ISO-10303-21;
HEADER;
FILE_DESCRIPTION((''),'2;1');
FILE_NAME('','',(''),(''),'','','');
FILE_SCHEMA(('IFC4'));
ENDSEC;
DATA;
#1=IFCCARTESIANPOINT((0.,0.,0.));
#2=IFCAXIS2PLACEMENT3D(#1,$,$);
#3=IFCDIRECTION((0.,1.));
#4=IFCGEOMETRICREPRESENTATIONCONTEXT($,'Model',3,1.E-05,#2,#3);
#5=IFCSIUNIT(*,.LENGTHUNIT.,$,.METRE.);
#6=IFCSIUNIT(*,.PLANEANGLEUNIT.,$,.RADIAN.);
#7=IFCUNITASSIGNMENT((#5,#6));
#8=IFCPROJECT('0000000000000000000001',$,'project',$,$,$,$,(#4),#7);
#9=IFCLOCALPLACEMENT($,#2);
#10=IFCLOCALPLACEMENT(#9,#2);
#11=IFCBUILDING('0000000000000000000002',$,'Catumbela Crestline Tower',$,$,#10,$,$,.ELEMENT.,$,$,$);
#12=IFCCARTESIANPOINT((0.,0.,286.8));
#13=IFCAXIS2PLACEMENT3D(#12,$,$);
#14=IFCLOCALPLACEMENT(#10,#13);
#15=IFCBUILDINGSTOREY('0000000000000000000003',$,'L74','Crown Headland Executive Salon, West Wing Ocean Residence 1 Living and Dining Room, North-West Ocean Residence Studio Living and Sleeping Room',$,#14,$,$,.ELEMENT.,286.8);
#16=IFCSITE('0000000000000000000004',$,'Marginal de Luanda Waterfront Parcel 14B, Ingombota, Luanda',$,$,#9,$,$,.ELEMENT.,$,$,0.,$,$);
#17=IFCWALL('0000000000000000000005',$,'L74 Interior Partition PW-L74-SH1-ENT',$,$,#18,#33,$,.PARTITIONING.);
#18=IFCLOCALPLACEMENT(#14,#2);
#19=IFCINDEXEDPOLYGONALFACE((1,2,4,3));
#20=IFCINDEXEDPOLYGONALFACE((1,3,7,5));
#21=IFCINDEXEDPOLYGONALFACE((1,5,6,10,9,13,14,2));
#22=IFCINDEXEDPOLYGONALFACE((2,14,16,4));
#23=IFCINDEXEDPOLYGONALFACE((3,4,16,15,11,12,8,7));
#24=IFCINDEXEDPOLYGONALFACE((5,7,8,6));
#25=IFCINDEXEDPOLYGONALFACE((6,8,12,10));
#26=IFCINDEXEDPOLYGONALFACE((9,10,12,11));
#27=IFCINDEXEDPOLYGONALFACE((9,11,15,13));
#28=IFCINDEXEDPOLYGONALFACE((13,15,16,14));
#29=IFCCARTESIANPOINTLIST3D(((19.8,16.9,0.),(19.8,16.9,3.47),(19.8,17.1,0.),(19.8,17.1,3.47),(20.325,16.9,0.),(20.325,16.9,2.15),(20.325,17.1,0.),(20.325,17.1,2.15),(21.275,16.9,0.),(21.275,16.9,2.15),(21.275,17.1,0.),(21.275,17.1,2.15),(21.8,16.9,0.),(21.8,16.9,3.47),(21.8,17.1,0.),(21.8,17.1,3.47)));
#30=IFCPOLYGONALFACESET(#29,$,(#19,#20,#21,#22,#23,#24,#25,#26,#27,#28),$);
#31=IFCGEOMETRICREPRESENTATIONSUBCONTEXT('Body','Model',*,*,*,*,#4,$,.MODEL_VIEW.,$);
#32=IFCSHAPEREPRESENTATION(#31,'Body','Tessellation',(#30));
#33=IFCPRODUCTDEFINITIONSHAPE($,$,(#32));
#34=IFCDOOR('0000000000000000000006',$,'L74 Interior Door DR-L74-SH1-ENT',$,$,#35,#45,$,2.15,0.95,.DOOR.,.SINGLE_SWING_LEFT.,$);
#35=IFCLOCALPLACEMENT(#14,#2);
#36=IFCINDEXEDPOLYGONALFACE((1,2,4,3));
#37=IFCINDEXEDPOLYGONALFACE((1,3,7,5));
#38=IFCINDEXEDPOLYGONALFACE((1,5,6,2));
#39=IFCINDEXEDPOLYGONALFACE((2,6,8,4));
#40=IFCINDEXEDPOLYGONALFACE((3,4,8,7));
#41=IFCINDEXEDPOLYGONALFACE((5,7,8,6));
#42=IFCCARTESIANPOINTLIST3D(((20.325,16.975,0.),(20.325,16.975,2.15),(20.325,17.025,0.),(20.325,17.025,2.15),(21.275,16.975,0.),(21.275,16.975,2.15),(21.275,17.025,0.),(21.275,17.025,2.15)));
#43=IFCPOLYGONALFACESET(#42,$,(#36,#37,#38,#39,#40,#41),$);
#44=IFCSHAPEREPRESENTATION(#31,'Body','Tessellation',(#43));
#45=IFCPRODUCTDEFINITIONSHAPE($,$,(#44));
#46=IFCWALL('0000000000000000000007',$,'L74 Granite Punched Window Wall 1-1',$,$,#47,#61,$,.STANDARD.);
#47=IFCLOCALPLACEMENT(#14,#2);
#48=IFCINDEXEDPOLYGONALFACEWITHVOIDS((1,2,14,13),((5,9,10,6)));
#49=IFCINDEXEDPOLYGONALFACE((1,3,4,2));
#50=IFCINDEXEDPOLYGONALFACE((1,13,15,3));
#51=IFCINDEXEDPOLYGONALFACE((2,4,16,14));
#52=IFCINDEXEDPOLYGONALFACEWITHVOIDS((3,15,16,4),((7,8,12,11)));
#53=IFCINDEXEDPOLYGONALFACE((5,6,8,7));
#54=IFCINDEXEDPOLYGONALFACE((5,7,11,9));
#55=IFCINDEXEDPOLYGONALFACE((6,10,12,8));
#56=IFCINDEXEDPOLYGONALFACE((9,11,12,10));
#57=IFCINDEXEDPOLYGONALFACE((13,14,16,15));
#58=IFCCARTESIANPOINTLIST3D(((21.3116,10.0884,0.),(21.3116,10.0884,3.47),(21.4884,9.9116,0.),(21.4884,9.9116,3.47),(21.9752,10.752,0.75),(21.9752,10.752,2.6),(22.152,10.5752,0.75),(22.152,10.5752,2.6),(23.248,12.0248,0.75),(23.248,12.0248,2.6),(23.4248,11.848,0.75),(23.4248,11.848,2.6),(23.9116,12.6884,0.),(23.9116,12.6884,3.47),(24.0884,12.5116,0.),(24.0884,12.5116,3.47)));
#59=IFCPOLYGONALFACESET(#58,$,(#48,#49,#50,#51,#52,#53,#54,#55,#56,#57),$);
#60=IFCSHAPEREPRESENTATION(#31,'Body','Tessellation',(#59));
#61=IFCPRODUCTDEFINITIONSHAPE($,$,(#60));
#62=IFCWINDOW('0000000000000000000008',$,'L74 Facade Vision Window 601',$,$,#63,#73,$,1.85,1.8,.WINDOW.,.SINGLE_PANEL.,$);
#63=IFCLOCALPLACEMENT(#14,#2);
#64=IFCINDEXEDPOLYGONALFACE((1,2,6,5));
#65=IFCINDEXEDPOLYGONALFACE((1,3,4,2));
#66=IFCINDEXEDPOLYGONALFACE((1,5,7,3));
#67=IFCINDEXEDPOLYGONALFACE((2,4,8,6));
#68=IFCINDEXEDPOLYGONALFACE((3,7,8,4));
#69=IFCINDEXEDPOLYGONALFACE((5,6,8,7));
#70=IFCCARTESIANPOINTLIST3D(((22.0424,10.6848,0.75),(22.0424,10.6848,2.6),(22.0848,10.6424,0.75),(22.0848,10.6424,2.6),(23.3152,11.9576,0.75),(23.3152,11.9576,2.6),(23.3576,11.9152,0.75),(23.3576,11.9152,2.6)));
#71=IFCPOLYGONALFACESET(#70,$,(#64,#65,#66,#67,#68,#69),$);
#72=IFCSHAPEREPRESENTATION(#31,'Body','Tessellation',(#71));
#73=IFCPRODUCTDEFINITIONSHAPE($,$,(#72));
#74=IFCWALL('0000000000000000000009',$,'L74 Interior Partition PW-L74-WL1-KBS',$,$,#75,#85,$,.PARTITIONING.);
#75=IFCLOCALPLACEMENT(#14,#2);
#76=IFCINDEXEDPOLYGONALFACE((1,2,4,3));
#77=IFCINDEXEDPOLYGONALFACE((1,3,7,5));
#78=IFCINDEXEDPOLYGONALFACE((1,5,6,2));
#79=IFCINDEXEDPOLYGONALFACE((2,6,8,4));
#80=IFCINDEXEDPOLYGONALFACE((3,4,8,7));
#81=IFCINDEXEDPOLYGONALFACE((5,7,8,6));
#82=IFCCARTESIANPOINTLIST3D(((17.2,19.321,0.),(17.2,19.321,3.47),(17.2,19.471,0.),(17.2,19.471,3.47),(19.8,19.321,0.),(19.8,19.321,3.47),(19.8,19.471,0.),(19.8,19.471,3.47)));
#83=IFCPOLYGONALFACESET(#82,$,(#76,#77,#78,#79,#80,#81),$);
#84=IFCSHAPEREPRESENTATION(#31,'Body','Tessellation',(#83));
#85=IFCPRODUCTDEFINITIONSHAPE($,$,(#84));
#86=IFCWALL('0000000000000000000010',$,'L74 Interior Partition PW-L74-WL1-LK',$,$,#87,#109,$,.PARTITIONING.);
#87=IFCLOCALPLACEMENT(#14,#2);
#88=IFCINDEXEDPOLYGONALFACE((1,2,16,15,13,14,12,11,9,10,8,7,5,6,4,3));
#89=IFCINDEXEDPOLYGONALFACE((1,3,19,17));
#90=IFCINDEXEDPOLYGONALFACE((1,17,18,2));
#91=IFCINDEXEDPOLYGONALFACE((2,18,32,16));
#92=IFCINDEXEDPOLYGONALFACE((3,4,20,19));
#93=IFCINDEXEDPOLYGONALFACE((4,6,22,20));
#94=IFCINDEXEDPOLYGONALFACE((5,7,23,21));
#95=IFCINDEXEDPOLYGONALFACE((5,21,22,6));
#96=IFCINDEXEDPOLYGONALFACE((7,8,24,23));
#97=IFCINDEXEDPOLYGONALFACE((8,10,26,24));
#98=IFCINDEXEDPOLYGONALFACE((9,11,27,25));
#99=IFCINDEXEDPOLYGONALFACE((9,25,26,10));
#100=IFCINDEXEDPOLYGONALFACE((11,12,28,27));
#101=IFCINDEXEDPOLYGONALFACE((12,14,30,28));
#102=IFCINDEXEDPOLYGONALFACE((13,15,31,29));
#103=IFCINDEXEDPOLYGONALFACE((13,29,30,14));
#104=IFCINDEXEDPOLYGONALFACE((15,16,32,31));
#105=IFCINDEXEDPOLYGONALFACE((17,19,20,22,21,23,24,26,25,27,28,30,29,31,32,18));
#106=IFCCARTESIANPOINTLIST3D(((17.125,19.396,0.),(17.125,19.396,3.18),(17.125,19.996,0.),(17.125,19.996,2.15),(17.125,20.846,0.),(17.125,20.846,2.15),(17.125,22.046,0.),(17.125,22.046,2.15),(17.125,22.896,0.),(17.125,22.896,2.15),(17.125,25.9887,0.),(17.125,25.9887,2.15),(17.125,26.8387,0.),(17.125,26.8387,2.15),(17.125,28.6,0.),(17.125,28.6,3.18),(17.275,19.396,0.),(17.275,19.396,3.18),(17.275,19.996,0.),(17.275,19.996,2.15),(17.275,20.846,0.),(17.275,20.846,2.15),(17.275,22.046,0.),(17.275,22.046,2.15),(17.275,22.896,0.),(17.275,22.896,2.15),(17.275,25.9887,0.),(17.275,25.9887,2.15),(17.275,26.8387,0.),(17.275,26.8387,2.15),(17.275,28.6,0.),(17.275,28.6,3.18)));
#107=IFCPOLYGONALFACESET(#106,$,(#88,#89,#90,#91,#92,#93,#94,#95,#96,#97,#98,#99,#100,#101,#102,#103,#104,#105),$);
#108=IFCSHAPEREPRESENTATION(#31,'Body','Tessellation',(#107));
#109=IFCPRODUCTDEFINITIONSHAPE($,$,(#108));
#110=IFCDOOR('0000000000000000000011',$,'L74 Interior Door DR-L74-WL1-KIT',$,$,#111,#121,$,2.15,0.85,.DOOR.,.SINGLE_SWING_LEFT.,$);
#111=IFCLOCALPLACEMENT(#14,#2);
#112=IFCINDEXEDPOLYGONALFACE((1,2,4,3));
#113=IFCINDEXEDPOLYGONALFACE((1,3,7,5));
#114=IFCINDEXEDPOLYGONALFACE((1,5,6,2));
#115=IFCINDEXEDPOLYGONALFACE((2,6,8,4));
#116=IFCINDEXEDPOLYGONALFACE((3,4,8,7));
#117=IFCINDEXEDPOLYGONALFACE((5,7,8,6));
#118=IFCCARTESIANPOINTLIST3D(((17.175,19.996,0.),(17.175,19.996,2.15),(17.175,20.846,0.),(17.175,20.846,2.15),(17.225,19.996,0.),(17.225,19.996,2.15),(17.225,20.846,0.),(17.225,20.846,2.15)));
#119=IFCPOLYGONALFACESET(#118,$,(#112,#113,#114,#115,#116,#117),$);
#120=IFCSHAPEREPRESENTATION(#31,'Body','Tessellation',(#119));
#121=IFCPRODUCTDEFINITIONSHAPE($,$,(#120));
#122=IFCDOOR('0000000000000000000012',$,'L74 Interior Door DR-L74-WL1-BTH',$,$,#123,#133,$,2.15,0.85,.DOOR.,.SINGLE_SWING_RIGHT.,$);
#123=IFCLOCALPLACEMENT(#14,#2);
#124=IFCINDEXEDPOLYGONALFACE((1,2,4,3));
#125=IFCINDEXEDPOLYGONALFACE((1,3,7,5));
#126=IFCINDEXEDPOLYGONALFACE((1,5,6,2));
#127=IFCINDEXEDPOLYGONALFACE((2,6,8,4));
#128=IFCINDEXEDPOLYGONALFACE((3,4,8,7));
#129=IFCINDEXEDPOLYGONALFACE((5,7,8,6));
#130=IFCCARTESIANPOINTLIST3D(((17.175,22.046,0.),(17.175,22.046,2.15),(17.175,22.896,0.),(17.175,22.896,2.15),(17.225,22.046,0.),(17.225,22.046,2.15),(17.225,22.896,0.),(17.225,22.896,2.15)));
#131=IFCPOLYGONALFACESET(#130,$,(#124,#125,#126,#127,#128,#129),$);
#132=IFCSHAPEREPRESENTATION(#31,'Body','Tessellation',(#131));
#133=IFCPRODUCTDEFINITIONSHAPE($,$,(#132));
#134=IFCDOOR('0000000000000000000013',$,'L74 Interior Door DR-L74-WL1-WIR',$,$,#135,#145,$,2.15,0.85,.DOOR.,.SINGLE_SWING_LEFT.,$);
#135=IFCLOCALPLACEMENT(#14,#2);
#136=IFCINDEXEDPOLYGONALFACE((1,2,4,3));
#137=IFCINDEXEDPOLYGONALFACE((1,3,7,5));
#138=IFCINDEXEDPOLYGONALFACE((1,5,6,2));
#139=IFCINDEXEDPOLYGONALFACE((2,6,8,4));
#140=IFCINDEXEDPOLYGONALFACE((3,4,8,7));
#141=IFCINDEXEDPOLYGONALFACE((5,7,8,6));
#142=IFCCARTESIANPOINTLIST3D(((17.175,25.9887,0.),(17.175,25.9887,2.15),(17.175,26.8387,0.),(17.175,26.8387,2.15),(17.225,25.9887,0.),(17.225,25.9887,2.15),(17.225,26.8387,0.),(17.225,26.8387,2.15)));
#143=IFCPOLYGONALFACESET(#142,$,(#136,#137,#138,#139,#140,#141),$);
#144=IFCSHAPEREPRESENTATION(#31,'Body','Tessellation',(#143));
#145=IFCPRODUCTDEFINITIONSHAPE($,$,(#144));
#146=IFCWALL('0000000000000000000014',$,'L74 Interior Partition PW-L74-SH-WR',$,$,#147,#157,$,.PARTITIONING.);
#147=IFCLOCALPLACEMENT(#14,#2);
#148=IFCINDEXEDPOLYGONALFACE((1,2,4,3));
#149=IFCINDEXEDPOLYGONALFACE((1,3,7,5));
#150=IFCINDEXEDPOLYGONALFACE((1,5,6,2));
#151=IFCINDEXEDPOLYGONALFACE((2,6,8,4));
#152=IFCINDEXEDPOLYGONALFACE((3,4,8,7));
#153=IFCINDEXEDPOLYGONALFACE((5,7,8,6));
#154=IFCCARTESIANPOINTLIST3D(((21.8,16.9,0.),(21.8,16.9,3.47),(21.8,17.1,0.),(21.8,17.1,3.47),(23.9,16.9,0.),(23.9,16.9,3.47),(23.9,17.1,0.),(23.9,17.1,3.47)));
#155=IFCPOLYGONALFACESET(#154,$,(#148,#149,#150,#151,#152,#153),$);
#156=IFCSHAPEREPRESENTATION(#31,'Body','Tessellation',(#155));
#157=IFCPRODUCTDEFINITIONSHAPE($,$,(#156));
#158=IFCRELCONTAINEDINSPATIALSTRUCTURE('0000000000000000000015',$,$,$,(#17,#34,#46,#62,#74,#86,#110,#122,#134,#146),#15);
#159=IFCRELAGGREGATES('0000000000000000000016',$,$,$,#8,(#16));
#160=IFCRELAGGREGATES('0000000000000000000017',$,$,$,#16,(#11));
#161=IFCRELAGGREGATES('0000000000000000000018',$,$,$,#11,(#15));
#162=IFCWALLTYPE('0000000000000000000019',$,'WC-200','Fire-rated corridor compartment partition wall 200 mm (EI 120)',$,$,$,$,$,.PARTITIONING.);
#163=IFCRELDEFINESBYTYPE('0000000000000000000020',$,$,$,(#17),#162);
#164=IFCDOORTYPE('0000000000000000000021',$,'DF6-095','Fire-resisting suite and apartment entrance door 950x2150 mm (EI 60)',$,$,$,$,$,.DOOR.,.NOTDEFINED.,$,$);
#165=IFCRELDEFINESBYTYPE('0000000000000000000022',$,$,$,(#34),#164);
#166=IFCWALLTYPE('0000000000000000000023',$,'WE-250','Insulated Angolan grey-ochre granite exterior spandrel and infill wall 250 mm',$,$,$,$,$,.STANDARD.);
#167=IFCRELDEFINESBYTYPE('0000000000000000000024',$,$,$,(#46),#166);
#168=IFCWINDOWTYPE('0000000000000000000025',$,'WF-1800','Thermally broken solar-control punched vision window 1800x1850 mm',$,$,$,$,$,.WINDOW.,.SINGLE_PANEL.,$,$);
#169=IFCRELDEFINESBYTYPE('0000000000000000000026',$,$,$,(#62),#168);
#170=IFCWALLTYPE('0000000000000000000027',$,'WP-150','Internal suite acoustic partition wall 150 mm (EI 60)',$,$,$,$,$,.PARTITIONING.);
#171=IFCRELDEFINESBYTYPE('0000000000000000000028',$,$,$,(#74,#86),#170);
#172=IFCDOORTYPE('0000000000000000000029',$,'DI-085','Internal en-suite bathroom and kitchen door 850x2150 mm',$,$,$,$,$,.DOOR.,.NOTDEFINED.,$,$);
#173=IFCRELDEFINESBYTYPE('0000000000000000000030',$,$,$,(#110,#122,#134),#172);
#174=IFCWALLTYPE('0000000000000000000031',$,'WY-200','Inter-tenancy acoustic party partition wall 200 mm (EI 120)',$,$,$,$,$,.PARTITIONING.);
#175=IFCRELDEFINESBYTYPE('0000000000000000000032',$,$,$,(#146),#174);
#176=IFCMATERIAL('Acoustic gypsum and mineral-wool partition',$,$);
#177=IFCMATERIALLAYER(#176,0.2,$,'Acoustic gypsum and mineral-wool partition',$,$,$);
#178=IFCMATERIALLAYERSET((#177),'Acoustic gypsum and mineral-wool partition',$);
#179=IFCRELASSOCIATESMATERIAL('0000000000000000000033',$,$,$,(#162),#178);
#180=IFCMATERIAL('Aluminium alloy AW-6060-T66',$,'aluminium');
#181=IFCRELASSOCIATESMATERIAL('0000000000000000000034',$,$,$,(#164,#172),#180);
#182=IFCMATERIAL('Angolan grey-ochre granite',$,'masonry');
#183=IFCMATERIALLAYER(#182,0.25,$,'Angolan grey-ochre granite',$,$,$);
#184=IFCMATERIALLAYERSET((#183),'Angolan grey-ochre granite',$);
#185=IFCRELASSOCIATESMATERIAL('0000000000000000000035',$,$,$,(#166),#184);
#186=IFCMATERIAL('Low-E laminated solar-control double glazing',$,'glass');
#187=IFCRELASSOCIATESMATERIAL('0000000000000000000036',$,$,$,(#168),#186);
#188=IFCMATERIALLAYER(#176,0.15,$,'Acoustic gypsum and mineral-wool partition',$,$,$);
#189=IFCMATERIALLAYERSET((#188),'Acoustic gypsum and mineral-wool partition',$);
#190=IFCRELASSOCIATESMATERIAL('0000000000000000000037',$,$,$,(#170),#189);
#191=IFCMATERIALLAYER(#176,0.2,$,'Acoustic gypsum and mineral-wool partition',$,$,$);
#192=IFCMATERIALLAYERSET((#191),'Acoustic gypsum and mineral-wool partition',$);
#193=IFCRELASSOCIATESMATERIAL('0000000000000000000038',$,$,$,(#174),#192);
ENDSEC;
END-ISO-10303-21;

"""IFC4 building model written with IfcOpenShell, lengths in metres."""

from ifc_helpers import new_model, si_unit, direction, frame, frame_2d, origin, place, context, subcontext, project, spatial, rectangle, extrude, material, layer, layer_set, type_object, element, fill, save


model = new_model("IFC4")

# Units and contexts
model_context = context("Model", 3, precision=1e-05, world=origin(), true_north=direction((0.0, 1.0)))
body_context = subcontext(model_context, "Body", "Model", "MODEL_VIEW")
ifc_project = project(units=[si_unit("LENGTHUNIT", "METRE"), si_unit("PLANEANGLEUNIT", "RADIAN")], contexts=[model_context])

# Site, building, storey
site_placement = place(None, origin())
site = spatial("IfcSite", under=ifc_project, at=site_placement, Name="Marginal de Luanda Waterfront Parcel 14B, Ingombota, Luanda", CompositionType="ELEMENT", RefElevation=0.0)
building_placement = place(site_placement, origin())
building = spatial("IfcBuilding", under=site, at=building_placement, Name="Catumbela Crestline Tower", CompositionType="ELEMENT")
storey_placement = place(building_placement, frame((0.0, 0.0, 286.8)))
storey = spatial("IfcBuildingStorey", under=building, at=storey_placement, Name="L74", Description="Crown Headland Executive Salon, West Wing Ocean Residence 1 Living and Dining Room, North-West Ocean Residence Studio Living and Sleeping Room", CompositionType="ELEMENT", Elevation=286.8)

# Shared definitions
ifc_material_1 = material(Name="Aluminium alloy AW-6060-T66", Category="aluminium")
ifc_material_2 = material(Name="Low-E laminated solar-control double glazing", Category="glass")

# Wall, opening, door
ifc_material_3 = material(Name="Acoustic gypsum and mineral-wool partition")
ifc_layer_1 = layer(ifc_material_3, 0.2, Name="Acoustic gypsum and mineral-wool partition")
ifc_layer_set_1 = layer_set([ifc_layer_1], Name="Acoustic gypsum and mineral-wool partition")
wall_type_1 = type_object("IfcWallType", Name="WC-200", Description="Fire-rated corridor compartment partition wall 200 mm (EI 120)", PredefinedType="PARTITIONING", material=ifc_layer_set_1)
door_type_1 = type_object("IfcDoorType", Name="DF6-095", Description="Fire-resisting suite and apartment entrance door 950x2150 mm (EI 60)", OperationType="NOTDEFINED", PredefinedType="DOOR", material=ifc_material_1)
wall_1_placement = place(storey_placement, frame((19.8, 17.0, 0.0), z_axis=(0.0, 0.0, 1.0), x_axis=(1.0, 0.0, 0.0)))
wall_1 = element("IfcWall", 1, at=wall_1_placement, inside=storey, type_object=wall_type_1, Name="L74 Interior Partition PW-L74-SH1-ENT", PredefinedType="PARTITIONING", context=body_context, shape_type="SweptSolid", body=[
    extrude(rectangle(XDim=2.0, YDim=0.2, at=frame_2d((1.0, 0.0))), origin(), (0.0, 0.0, 1.0), 3.47),
])
opening_1_placement = place(wall_1_placement, frame((0.525, 0.0, 0.0)))
opening_1 = element("IfcOpeningElement", 2, at=opening_1_placement, cuts=wall_1, PredefinedType="OPENING", context=body_context, shape_type="SweptSolid", body=[
    extrude(rectangle(XDim=0.95, YDim=2.15, at=frame_2d((0.475, 1.075))), frame((0.0, 0.11, 0.0), z_axis=(0.0, -1.0, 0.0), x_axis=(1.0, 0.0, 0.0)), (0.0, 0.0, 1.0), 0.22),
])
door_1_placement = place(opening_1_placement, origin())
door_1 = element("IfcDoor", 3, at=door_1_placement, inside=storey, type_object=door_type_1, Name="L74 Interior Door DR-L74-SH1-ENT", OperationType="SINGLE_SWING_LEFT", OverallHeight=2.15, OverallWidth=0.95, PredefinedType="DOOR", context=body_context, shape_type="SweptSolid", body=[
    extrude(rectangle(XDim=0.95, YDim=2.15, at=frame_2d((0.475, 1.075))), frame((0.0, 0.025, 0.0), z_axis=(0.0, -1.0, 0.0), x_axis=(1.0, 0.0, 0.0)), (0.0, 0.0, 1.0), 0.05),
])
fill(opening_1, door_1)

# Wall, opening, window
ifc_material_4 = material(Name="Angolan grey-ochre granite", Category="masonry")
ifc_layer_2 = layer(ifc_material_4, 0.25, Name="Angolan grey-ochre granite")
ifc_layer_set_2 = layer_set([ifc_layer_2], Name="Angolan grey-ochre granite")
wall_type_2 = type_object("IfcWallType", Name="WE-250", Description="Insulated Angolan grey-ochre granite exterior spandrel and infill wall 250 mm", PredefinedType="STANDARD", material=ifc_layer_set_2)
wall_2_placement = place(storey_placement, frame((21.4, 10.0, 0.0), z_axis=(0.0, 0.0, 1.0), x_axis=(0.707107, 0.707107, 0.0)))
wall_2 = element("IfcWall", 4, at=wall_2_placement, inside=storey, type_object=wall_type_2, Name="L74 Granite Punched Window Wall 1-1", PredefinedType="STANDARD", context=body_context, shape_type="SweptSolid", body=[
    extrude(rectangle(XDim=3.677, YDim=0.25, at=frame_2d((1.8385, 0.0))), origin(), (0.0, 0.0, 1.0), 3.47),
])
opening_2_placement = place(wall_2_placement, frame((0.9385, 0.0, 0.75)))
opening_2 = element("IfcOpeningElement", 5, at=opening_2_placement, cuts=wall_2, PredefinedType="OPENING", context=body_context, shape_type="SweptSolid", body=[
    extrude(rectangle(XDim=1.8, YDim=1.85, at=frame_2d((0.9, 0.925))), frame((0.0, 0.135, 0.0), z_axis=(0.0, -1.0, 0.0), x_axis=(1.0, 0.0, 0.0)), (0.0, 0.0, 1.0), 0.27),
])
window_type = type_object("IfcWindowType", Name="WF-1800", Description="Thermally broken solar-control punched vision window 1800x1850 mm", PartitioningType="SINGLE_PANEL", PredefinedType="WINDOW", material=ifc_material_2)
window_placement = place(opening_2_placement, origin())
window = element("IfcWindow", 6, at=window_placement, inside=storey, type_object=window_type, Name="L74 Facade Vision Window 601", OverallHeight=1.85, OverallWidth=1.8, PartitioningType="SINGLE_PANEL", PredefinedType="WINDOW", context=body_context, shape_type="SweptSolid", body=[
    extrude(rectangle(XDim=1.8, YDim=1.85, at=frame_2d((0.9, 0.925))), frame((0.0, 0.03, 0.0), z_axis=(0.0, -1.0, 0.0), x_axis=(1.0, 0.0, 0.0)), (0.0, 0.0, 1.0), 0.06),
])
fill(opening_2, window)

# Wall
ifc_layer_3 = layer(ifc_material_3, 0.15, Name="Acoustic gypsum and mineral-wool partition")
ifc_layer_set_3 = layer_set([ifc_layer_3], Name="Acoustic gypsum and mineral-wool partition")
wall_type_3 = type_object("IfcWallType", Name="WP-150", Description="Internal suite acoustic partition wall 150 mm (EI 60)", PredefinedType="PARTITIONING", material=ifc_layer_set_3)
wall_3_placement = place(storey_placement, frame((17.2, 19.396, 0.0), z_axis=(0.0, 0.0, 1.0), x_axis=(1.0, 0.0, 0.0)))
element("IfcWall", 7, at=wall_3_placement, inside=storey, type_object=wall_type_3, Name="L74 Interior Partition PW-L74-WL1-KBS", PredefinedType="PARTITIONING", context=body_context, shape_type="SweptSolid", body=[
    extrude(rectangle(XDim=2.6, YDim=0.15, at=frame_2d((1.3, 0.0))), origin(), (0.0, 0.0, 1.0), 3.47),
])

# Wall, openings, doors
wall_4_placement = place(storey_placement, frame((17.2, 19.396, 0.0), z_axis=(0.0, 0.0, 1.0), x_axis=(0.0, 1.0, 0.0)))
wall_4 = element("IfcWall", 8, at=wall_4_placement, inside=storey, type_object=wall_type_3, Name="L74 Interior Partition PW-L74-WL1-LK", PredefinedType="PARTITIONING", context=body_context, shape_type="SweptSolid", body=[
    extrude(rectangle(XDim=9.204, YDim=0.15, at=frame_2d((4.602, 0.0))), origin(), (0.0, 0.0, 1.0), 3.18),
])
opening_3_placement = place(wall_4_placement, frame((0.6, 0.0, 0.0)))
opening_3 = element("IfcOpeningElement", 9, at=opening_3_placement, cuts=wall_4, PredefinedType="OPENING", context=body_context, shape_type="SweptSolid", body=[
    extrude(rectangle(XDim=0.85, YDim=2.15, at=frame_2d((0.425, 1.075))), frame((0.0, 0.085, 0.0), z_axis=(0.0, -1.0, 0.0), x_axis=(1.0, 0.0, 0.0)), (0.0, 0.0, 1.0), 0.17),
])
opening_4_placement = place(wall_4_placement, frame((2.65, 0.0, 0.0)))
opening_4 = element("IfcOpeningElement", 10, at=opening_4_placement, cuts=wall_4, PredefinedType="OPENING", context=body_context, shape_type="SweptSolid", body=[
    extrude(rectangle(XDim=0.85, YDim=2.15, at=frame_2d((0.425, 1.075))), frame((0.0, 0.085, 0.0), z_axis=(0.0, -1.0, 0.0), x_axis=(1.0, 0.0, 0.0)), (0.0, 0.0, 1.0), 0.17),
])
opening_5_placement = place(wall_4_placement, frame((6.5927, 0.0, 0.0)))
opening_5 = element("IfcOpeningElement", 11, at=opening_5_placement, cuts=wall_4, PredefinedType="OPENING", context=body_context, shape_type="SweptSolid", body=[
    extrude(rectangle(XDim=0.85, YDim=2.15, at=frame_2d((0.425, 1.075))), frame((0.0, 0.085, 0.0), z_axis=(0.0, -1.0, 0.0), x_axis=(1.0, 0.0, 0.0)), (0.0, 0.0, 1.0), 0.17),
])
door_type_2 = type_object("IfcDoorType", Name="DI-085", Description="Internal en-suite bathroom and kitchen door 850x2150 mm", OperationType="NOTDEFINED", PredefinedType="DOOR", material=ifc_material_1)
door_2_placement = place(opening_3_placement, origin())
door_2 = element("IfcDoor", 12, at=door_2_placement, inside=storey, type_object=door_type_2, Name="L74 Interior Door DR-L74-WL1-KIT", OperationType="SINGLE_SWING_LEFT", OverallHeight=2.15, OverallWidth=0.85, PredefinedType="DOOR", context=body_context, shape_type="SweptSolid", body=[
    extrude(rectangle(XDim=0.85, YDim=2.15, at=frame_2d((0.425, 1.075))), frame((0.0, 0.025, 0.0), z_axis=(0.0, -1.0, 0.0), x_axis=(1.0, 0.0, 0.0)), (0.0, 0.0, 1.0), 0.05),
])
fill(opening_3, door_2)
door_3_placement = place(opening_4_placement, origin())
door_3 = element("IfcDoor", 13, at=door_3_placement, inside=storey, type_object=door_type_2, Name="L74 Interior Door DR-L74-WL1-BTH", OperationType="SINGLE_SWING_RIGHT", OverallHeight=2.15, OverallWidth=0.85, PredefinedType="DOOR", context=body_context, shape_type="SweptSolid", body=[
    extrude(rectangle(XDim=0.85, YDim=2.15, at=frame_2d((0.425, 1.075))), frame((0.0, 0.025, 0.0), z_axis=(0.0, -1.0, 0.0), x_axis=(1.0, 0.0, 0.0)), (0.0, 0.0, 1.0), 0.05),
])
fill(opening_4, door_3)
door_4_placement = place(opening_5_placement, origin())
door_4 = element("IfcDoor", 14, at=door_4_placement, inside=storey, type_object=door_type_2, Name="L74 Interior Door DR-L74-WL1-WIR", OperationType="SINGLE_SWING_LEFT", OverallHeight=2.15, OverallWidth=0.85, PredefinedType="DOOR", context=body_context, shape_type="SweptSolid", body=[
    extrude(rectangle(XDim=0.85, YDim=2.15, at=frame_2d((0.425, 1.075))), frame((0.0, 0.025, 0.0), z_axis=(0.0, -1.0, 0.0), x_axis=(1.0, 0.0, 0.0)), (0.0, 0.0, 1.0), 0.05),
])
fill(opening_5, door_4)

# Wall
ifc_layer_4 = layer(ifc_material_3, 0.2, Name="Acoustic gypsum and mineral-wool partition")
ifc_layer_set_4 = layer_set([ifc_layer_4], Name="Acoustic gypsum and mineral-wool partition")
wall_type_4 = type_object("IfcWallType", Name="WY-200", Description="Inter-tenancy acoustic party partition wall 200 mm (EI 120)", PredefinedType="PARTITIONING", material=ifc_layer_set_4)
wall_5_placement = place(storey_placement, frame((21.8, 17.0, 0.0), z_axis=(0.0, 0.0, 1.0), x_axis=(1.0, 0.0, 0.0)))
element("IfcWall", 15, at=wall_5_placement, inside=storey, type_object=wall_type_4, Name="L74 Interior Partition PW-L74-SH-WR", PredefinedType="PARTITIONING", context=body_context, shape_type="SweptSolid", body=[
    extrude(rectangle(XDim=2.1, YDim=0.2, at=frame_2d((1.05, 0.0))), origin(), (0.0, 0.0, 1.0), 3.47),
])

save(model, "model.ifc")
